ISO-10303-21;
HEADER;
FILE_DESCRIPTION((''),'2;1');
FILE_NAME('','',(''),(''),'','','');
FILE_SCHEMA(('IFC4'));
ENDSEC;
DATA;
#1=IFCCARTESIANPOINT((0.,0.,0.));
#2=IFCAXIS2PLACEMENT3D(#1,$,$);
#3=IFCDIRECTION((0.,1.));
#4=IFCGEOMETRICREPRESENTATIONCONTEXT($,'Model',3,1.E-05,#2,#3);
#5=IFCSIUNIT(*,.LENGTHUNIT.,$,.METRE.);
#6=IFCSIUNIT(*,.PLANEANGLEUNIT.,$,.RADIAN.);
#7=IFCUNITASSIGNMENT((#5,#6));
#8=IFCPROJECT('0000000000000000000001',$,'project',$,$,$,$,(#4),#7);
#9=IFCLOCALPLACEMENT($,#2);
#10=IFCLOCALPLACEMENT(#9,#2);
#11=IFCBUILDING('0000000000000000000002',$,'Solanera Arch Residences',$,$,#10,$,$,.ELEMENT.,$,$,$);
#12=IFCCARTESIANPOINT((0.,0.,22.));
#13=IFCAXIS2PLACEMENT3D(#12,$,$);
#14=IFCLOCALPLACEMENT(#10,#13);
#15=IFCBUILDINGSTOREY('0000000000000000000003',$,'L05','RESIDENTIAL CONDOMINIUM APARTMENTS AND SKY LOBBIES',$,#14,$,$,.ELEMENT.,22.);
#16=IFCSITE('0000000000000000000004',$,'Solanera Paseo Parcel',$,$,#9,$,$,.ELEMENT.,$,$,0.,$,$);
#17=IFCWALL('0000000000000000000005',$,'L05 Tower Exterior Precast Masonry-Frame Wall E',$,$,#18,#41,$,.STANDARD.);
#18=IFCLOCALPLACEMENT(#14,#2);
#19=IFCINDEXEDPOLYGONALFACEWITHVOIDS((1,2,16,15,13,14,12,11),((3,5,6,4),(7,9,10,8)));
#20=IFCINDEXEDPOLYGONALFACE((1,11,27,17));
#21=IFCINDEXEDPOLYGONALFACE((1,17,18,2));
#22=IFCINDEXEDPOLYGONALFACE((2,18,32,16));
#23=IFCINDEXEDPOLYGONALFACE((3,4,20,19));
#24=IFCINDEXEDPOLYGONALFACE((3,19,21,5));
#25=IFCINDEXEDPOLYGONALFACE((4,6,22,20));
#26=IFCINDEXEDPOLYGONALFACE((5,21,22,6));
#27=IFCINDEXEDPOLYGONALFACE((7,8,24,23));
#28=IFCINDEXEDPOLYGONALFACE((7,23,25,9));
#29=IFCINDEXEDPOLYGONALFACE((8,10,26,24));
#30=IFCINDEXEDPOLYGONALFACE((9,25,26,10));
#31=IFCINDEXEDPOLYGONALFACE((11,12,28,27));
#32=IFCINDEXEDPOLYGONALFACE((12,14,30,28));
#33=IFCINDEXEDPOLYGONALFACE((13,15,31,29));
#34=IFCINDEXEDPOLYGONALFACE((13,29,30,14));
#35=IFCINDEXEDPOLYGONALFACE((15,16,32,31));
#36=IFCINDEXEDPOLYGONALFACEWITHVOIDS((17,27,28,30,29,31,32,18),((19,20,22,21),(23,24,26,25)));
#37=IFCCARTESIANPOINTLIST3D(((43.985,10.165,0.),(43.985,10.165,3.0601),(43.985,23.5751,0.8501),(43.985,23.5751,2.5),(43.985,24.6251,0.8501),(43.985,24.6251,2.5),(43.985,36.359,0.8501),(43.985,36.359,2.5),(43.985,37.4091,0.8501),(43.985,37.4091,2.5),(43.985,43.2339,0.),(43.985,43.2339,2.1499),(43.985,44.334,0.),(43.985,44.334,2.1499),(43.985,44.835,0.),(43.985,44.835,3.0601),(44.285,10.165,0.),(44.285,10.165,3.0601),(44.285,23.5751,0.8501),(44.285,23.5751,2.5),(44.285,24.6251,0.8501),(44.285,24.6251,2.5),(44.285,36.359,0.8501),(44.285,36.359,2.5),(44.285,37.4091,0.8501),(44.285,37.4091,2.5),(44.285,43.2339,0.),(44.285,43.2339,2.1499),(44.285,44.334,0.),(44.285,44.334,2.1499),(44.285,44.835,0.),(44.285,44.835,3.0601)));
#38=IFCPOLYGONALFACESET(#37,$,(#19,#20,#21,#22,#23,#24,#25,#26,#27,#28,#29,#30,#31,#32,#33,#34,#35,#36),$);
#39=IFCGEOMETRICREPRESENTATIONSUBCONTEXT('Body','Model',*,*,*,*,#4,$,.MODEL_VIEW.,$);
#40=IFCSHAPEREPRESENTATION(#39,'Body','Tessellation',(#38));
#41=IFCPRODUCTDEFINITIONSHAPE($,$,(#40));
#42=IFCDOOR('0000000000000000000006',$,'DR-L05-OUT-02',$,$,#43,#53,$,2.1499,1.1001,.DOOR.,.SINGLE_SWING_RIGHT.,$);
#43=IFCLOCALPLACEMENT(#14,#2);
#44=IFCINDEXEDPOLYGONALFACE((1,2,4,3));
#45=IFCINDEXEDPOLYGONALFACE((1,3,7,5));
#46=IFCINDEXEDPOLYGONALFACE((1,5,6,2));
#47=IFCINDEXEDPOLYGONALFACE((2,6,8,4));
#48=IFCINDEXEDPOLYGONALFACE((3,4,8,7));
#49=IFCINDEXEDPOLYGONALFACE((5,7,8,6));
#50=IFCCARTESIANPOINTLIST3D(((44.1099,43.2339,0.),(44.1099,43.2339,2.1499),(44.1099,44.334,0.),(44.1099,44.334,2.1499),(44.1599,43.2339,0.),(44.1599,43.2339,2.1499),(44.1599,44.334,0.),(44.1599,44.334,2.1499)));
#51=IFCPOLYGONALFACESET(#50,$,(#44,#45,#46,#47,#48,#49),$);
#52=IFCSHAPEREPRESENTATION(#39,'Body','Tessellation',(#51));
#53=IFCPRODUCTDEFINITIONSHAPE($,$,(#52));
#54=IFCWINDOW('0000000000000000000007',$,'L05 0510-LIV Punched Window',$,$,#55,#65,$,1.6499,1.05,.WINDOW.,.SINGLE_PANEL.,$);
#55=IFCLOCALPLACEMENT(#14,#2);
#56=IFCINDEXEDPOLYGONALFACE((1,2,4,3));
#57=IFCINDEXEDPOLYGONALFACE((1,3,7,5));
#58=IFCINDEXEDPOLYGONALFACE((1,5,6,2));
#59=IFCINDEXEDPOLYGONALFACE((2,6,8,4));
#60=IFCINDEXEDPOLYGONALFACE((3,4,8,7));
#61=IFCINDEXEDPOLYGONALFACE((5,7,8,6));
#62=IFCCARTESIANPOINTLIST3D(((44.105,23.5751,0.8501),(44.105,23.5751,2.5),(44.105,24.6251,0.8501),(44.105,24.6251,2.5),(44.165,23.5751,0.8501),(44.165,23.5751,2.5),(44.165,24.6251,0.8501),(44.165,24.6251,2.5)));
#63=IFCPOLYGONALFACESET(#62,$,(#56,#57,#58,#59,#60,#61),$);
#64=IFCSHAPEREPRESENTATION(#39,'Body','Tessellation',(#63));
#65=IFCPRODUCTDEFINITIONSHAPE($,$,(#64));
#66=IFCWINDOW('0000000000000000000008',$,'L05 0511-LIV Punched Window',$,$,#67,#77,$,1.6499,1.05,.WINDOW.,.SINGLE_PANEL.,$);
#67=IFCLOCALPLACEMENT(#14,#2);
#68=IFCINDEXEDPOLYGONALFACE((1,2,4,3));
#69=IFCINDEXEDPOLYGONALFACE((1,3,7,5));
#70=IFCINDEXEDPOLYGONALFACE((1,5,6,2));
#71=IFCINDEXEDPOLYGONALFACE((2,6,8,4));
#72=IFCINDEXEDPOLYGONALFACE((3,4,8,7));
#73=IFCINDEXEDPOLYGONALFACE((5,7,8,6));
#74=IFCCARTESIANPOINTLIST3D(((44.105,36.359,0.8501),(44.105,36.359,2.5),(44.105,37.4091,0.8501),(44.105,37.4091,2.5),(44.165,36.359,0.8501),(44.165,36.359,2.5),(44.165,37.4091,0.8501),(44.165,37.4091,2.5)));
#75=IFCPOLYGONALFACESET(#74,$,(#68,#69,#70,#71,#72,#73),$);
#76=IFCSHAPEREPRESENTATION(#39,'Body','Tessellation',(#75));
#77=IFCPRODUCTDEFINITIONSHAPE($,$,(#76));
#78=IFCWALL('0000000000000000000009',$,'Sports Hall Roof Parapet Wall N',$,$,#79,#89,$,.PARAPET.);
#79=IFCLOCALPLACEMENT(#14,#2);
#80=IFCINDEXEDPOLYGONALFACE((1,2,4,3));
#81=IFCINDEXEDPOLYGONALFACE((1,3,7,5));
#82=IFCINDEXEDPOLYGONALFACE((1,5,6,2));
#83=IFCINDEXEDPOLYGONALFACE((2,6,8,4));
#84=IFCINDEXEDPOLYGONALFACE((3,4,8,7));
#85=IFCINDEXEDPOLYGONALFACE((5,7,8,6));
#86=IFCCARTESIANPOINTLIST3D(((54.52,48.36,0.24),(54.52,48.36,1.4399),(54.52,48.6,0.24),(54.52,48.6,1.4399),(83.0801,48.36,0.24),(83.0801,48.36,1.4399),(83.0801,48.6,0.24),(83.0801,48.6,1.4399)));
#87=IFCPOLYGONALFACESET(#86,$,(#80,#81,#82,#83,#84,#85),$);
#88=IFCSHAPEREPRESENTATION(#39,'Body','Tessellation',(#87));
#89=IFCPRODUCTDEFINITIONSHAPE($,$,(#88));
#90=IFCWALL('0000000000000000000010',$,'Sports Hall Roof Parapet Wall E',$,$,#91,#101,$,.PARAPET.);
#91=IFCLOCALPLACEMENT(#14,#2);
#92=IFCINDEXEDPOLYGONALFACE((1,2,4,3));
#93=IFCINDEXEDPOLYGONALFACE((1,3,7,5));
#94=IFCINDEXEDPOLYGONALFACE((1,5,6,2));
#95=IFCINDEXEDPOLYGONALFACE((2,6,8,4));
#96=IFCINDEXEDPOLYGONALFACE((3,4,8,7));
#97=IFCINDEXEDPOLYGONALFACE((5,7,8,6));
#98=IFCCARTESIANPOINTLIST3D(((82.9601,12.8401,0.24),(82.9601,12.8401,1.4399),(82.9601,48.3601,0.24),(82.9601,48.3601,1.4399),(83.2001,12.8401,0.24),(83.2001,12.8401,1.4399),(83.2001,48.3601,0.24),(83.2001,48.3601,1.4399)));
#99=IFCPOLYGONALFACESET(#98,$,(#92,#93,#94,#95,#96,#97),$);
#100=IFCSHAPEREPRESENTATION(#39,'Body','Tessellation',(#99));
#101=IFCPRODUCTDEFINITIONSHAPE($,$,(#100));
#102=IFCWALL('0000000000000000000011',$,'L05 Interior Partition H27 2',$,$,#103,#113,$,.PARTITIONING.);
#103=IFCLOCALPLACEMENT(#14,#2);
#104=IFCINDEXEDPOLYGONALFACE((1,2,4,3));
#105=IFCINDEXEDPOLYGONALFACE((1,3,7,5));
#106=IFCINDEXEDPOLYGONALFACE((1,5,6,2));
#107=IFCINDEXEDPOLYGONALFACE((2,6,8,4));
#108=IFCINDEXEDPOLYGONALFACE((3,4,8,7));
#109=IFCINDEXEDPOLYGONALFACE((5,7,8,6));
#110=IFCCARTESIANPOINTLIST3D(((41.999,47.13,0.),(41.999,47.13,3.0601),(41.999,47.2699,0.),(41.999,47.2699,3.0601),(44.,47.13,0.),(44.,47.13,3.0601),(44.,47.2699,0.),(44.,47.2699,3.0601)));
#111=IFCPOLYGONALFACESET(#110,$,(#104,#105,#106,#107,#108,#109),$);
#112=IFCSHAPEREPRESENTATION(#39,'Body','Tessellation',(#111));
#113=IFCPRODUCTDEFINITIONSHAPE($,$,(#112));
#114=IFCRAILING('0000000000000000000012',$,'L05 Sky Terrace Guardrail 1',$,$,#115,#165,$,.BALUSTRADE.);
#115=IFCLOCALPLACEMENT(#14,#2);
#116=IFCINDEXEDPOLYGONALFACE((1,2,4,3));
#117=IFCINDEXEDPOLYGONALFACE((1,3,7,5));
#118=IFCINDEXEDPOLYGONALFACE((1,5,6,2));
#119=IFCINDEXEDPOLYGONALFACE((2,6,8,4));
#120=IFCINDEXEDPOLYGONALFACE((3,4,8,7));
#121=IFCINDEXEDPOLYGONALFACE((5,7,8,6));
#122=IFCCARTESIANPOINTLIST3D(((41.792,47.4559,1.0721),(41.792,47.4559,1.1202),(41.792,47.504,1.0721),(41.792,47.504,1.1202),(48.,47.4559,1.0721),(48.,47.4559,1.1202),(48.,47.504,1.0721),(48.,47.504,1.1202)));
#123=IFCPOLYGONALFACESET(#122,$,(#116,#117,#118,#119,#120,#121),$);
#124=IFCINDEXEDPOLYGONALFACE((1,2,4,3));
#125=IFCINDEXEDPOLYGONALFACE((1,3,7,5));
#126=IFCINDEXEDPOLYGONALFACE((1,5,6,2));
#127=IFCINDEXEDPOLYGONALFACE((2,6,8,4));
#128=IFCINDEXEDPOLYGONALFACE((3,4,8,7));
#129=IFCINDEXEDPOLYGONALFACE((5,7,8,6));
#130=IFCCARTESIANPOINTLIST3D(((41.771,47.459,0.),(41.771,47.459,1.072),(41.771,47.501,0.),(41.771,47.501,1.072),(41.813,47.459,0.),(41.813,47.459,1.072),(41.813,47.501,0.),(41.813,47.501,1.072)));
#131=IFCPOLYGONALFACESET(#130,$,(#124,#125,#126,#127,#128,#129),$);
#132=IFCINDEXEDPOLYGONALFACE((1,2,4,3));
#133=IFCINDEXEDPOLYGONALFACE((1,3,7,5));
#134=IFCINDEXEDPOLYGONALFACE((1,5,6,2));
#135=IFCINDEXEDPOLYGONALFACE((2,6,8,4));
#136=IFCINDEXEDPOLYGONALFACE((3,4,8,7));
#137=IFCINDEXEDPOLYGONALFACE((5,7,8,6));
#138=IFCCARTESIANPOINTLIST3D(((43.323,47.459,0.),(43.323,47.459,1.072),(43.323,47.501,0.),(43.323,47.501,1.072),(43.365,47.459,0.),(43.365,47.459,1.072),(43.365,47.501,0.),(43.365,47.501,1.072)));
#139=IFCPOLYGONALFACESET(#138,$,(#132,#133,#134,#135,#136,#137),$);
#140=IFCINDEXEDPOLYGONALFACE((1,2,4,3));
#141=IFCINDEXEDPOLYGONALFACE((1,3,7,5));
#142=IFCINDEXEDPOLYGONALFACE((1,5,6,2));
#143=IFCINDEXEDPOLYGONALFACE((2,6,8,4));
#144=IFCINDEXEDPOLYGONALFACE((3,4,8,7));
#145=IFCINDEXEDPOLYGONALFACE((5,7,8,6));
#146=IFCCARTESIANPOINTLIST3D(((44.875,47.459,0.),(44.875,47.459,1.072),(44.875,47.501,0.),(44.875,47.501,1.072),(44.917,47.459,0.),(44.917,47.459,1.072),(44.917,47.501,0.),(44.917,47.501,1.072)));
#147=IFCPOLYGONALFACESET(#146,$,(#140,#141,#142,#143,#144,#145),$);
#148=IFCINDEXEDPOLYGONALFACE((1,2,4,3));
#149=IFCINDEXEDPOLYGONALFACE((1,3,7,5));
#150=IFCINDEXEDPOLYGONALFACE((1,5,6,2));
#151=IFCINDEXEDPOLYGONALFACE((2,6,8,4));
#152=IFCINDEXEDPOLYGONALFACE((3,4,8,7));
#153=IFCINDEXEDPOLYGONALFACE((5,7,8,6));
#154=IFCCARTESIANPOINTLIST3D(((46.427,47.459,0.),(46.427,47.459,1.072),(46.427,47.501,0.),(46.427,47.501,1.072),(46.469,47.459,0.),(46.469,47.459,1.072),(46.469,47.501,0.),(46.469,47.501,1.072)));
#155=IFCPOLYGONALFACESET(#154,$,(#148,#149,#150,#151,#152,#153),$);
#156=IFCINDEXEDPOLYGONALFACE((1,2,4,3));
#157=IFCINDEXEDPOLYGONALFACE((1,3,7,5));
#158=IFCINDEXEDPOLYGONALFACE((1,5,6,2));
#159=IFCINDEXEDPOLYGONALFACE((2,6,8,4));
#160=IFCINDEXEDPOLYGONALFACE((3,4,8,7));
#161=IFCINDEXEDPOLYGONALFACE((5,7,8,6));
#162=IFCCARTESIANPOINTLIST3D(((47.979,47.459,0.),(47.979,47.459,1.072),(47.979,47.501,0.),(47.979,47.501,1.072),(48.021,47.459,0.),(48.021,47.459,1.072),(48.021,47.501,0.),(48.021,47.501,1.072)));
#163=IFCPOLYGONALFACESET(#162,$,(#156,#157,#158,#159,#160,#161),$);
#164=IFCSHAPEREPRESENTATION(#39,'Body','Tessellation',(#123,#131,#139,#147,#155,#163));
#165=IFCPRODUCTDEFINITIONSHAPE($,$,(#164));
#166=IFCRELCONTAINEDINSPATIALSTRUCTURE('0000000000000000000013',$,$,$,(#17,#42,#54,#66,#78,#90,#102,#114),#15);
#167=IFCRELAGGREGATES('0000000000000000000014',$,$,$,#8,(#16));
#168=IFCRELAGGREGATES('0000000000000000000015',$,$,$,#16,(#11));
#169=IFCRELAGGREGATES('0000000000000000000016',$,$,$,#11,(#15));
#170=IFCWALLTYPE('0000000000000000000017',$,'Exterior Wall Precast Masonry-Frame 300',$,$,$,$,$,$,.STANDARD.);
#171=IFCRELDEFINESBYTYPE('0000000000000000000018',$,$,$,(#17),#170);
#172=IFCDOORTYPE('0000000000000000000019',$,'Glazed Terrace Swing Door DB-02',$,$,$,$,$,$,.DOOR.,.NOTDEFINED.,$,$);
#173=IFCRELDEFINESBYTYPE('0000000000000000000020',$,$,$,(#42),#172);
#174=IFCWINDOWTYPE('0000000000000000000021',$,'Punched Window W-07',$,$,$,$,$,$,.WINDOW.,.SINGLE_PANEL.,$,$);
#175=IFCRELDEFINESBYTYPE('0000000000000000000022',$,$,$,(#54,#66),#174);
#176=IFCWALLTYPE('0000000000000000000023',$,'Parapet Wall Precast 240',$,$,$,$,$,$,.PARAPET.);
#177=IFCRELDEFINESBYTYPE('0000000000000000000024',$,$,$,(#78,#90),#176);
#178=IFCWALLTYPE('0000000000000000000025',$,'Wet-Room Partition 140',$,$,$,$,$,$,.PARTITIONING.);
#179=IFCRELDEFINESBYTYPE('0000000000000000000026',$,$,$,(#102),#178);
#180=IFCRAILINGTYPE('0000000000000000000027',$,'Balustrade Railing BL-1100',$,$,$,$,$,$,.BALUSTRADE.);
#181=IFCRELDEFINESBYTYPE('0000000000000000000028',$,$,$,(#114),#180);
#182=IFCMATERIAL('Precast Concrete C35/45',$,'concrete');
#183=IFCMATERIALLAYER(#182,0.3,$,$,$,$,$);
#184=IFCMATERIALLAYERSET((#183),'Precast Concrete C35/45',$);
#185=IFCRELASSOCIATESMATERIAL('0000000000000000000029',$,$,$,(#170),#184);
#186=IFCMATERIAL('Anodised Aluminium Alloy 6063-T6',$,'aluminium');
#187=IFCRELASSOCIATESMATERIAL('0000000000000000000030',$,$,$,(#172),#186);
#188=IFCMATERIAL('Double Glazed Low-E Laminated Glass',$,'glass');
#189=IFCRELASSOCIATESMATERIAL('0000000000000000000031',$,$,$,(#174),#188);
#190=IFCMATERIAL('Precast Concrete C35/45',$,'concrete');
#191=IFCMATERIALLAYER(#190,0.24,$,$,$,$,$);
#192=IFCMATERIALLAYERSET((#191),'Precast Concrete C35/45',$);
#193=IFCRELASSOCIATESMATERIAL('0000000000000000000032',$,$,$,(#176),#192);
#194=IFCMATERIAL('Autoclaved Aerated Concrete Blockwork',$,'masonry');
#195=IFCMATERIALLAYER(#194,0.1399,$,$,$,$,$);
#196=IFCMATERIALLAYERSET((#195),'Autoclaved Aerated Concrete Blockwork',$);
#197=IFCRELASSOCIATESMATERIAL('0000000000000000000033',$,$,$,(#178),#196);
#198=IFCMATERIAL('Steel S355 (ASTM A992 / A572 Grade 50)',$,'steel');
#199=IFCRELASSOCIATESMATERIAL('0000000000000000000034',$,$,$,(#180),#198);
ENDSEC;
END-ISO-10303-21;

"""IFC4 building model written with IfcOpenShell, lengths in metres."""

from ifc_helpers import new_model, si_unit, direction, frame, frame_2d, origin, origin_2d, place, context, subcontext, project, spatial, rectangle, extrude, material, layer, layer_set, type_object, element, fill, save


model = new_model("IFC4")

# Units and contexts
model_context = context("Model", 3, precision=1e-05, world=origin(), true_north=direction((0.0, 1.0)))
body_context = subcontext(model_context, "Body", "Model", "MODEL_VIEW")
ifc_project = project(units=[si_unit("LENGTHUNIT", "METRE"), si_unit("PLANEANGLEUNIT", "RADIAN")], contexts=[model_context])

# Site, building, storey
site_placement = place(None, origin())
site = spatial("IfcSite", under=ifc_project, at=site_placement, Name="Solanera Paseo Parcel", CompositionType="ELEMENT", RefElevation=0.0)
building_placement = place(site_placement, origin())
building = spatial("IfcBuilding", under=site, at=building_placement, Name="Solanera Arch Residences", CompositionType="ELEMENT")
storey_placement = place(building_placement, frame((0.0, 0.0, 22.0)))
storey = spatial("IfcBuildingStorey", under=building, at=storey_placement, Name="L05", Description="RESIDENTIAL CONDOMINIUM APARTMENTS AND SKY LOBBIES", CompositionType="ELEMENT", Elevation=22.0)

# Shared definitions
ifc_material_1 = material(Name="Precast Concrete C35/45", Category="concrete")
ifc_layer_1 = layer(ifc_material_1, 0.3)
ifc_layer_set_1 = layer_set([ifc_layer_1], Name="Precast Concrete C35/45")
wall_type_1 = type_object("IfcWallType", Name="Exterior Wall Precast Masonry-Frame 300", PredefinedType="STANDARD", material=ifc_layer_set_1)

# Wall, openings, door, windows
wall_1_placement = place(storey_placement, frame((44.135, 44.835, 0.0), z_axis=(0.0, 0.0, 1.0), x_axis=(0.0, -1.0, 0.0)))
wall_1 = element("IfcWall", 1, at=wall_1_placement, inside=storey, type_object=wall_type_1, Name="L05 Tower Exterior Precast Masonry-Frame Wall E", PredefinedType="STANDARD", context=body_context, shape_type="SweptSolid", body=[
    extrude(rectangle(XDim=34.6699, YDim=0.3, at=frame_2d((17.335, 0.0))), origin(), (0.0, 0.0, 1.0), 3.0601),
])
opening_1_placement = place(wall_1_placement, frame((0.501, 0.0, 0.0)))
opening_1 = element("IfcOpeningElement", 2, at=opening_1_placement, cuts=wall_1, PredefinedType="OPENING", context=body_context, shape_type="SweptSolid", body=[
    extrude(rectangle(XDim=1.1001, YDim=2.1499, at=frame_2d((0.55, 1.075))), frame((0.0, 0.1599, 0.0), z_axis=(0.0, -1.0, 0.0), x_axis=(1.0, 0.0, 0.0)), (0.0, 0.0, 1.0), 0.32),
])
opening_2_placement = place(wall_1_placement, frame((20.21, 0.0, 0.8501)))
opening_2 = element("IfcOpeningElement", 3, at=opening_2_placement, cuts=wall_1, PredefinedType="OPENING", context=body_context, shape_type="SweptSolid", body=[
    extrude(rectangle(XDim=1.05, YDim=1.6499, at=frame_2d((0.5249, 0.825))), frame((0.0, 0.1599, 0.0), z_axis=(0.0, -1.0, 0.0), x_axis=(1.0, 0.0, 0.0)), (0.0, 0.0, 1.0), 0.32),
])
opening_3_placement = place(wall_1_placement, frame((7.426, 0.0, 0.8501)))
opening_3 = element("IfcOpeningElement", 4, at=opening_3_placement, cuts=wall_1, PredefinedType="OPENING", context=body_context, shape_type="SweptSolid", body=[
    extrude(rectangle(XDim=1.05, YDim=1.6499, at=frame_2d((0.5249, 0.825))), frame((0.0, 0.1599, 0.0), z_axis=(0.0, -1.0, 0.0), x_axis=(1.0, 0.0, 0.0)), (0.0, 0.0, 1.0), 0.32),
])
ifc_material_2 = material(Name="Anodised Aluminium Alloy 6063-T6", Category="aluminium")
door_type = type_object("IfcDoorType", Name="Glazed Terrace Swing Door DB-02", OperationType="NOTDEFINED", PredefinedType="DOOR", material=ifc_material_2)
door_placement = place(opening_1_placement, origin())
door = element("IfcDoor", 5, at=door_placement, inside=storey, type_object=door_type, Name="DR-L05-OUT-02", OperationType="SINGLE_SWING_RIGHT", OverallHeight=2.1499, OverallWidth=1.1001, PredefinedType="DOOR", context=body_context, shape_type="SweptSolid", body=[
    extrude(rectangle(XDim=1.1001, YDim=2.1499, at=frame_2d((0.55, 1.075))), frame((0.0, 0.0249, 0.0), z_axis=(0.0, -1.0, 0.0), x_axis=(1.0, 0.0, 0.0)), (0.0, 0.0, 1.0), 0.05),
])
fill(opening_1, door)
ifc_material_3 = material(Name="Double Glazed Low-E Laminated Glass", Category="glass")
window_type = type_object("IfcWindowType", Name="Punched Window W-07", PartitioningType="SINGLE_PANEL", PredefinedType="WINDOW", material=ifc_material_3)
window_1_placement = place(opening_2_placement, origin())
window_1 = element("IfcWindow", 6, at=window_1_placement, inside=storey, type_object=window_type, Name="L05 0510-LIV Punched Window", OverallHeight=1.6499, OverallWidth=1.05, PartitioningType="SINGLE_PANEL", PredefinedType="WINDOW", context=body_context, shape_type="SweptSolid", body=[
    extrude(rectangle(XDim=1.05, YDim=1.6499, at=frame_2d((0.5249, 0.825))), frame((0.0, 0.03, 0.0), z_axis=(0.0, -1.0, 0.0), x_axis=(1.0, 0.0, 0.0)), (0.0, 0.0, 1.0), 0.0601),
])
fill(opening_2, window_1)
window_2_placement = place(opening_3_placement, origin())
window_2 = element("IfcWindow", 7, at=window_2_placement, inside=storey, type_object=window_type, Name="L05 0511-LIV Punched Window", OverallHeight=1.6499, OverallWidth=1.05, PartitioningType="SINGLE_PANEL", PredefinedType="WINDOW", context=body_context, shape_type="SweptSolid", body=[
    extrude(rectangle(XDim=1.05, YDim=1.6499, at=frame_2d((0.5249, 0.825))), frame((0.0, 0.03, 0.0), z_axis=(0.0, -1.0, 0.0), x_axis=(1.0, 0.0, 0.0)), (0.0, 0.0, 1.0), 0.0601),
])
fill(opening_3, window_2)

# Walls
ifc_material_4 = material(Name="Precast Concrete C35/45", Category="concrete")
ifc_layer_2 = layer(ifc_material_4, 0.24)
ifc_layer_set_2 = layer_set([ifc_layer_2], Name="Precast Concrete C35/45")
wall_type_2 = type_object("IfcWallType", Name="Parapet Wall Precast 240", PredefinedType="PARAPET", material=ifc_layer_set_2)
wall_2_placement = place(storey_placement, frame((54.52, 48.48, 0.24), z_axis=(0.0, 0.0, 1.0), x_axis=(1.0, 0.0, 0.0)))
element("IfcWall", 8, at=wall_2_placement, inside=storey, type_object=wall_type_2, Name="Sports Hall Roof Parapet Wall N", PredefinedType="PARAPET", context=body_context, shape_type="SweptSolid", body=[
    extrude(rectangle(XDim=28.5601, YDim=0.24, at=frame_2d((14.28, 0.0))), origin(), (0.0, 0.0, 1.0), 1.2),
])
wall_3_placement = place(storey_placement, frame((83.0801, 48.3601, 0.24), z_axis=(0.0, 0.0, 1.0), x_axis=(0.0, -1.0, 0.0)))
element("IfcWall", 9, at=wall_3_placement, inside=storey, type_object=wall_type_2, Name="Sports Hall Roof Parapet Wall E", PredefinedType="PARAPET", context=body_context, shape_type="SweptSolid", body=[
    extrude(rectangle(XDim=35.52, YDim=0.24, at=frame_2d((17.76, 0.0))), origin(), (0.0, 0.0, 1.0), 1.2),
])
ifc_material_5 = material(Name="Autoclaved Aerated Concrete Blockwork", Category="masonry")
ifc_layer_3 = layer(ifc_material_5, 0.1399)
ifc_layer_set_3 = layer_set([ifc_layer_3], Name="Autoclaved Aerated Concrete Blockwork")
wall_type_3 = type_object("IfcWallType", Name="Wet-Room Partition 140", PredefinedType="PARTITIONING", material=ifc_layer_set_3)
wall_4_placement = place(storey_placement, frame((41.999, 47.2, 0.0), z_axis=(0.0, 0.0, 1.0), x_axis=(1.0, 0.0, 0.0)))
element("IfcWall", 10, at=wall_4_placement, inside=storey, type_object=wall_type_3, Name="L05 Interior Partition H27 2", PredefinedType="PARTITIONING", context=body_context, shape_type="SweptSolid", body=[
    extrude(rectangle(XDim=2.001, YDim=0.1399, at=frame_2d((1.0005, 0.0))), origin(), (0.0, 0.0, 1.0), 3.0601),
])

# Railing
ifc_material_6 = material(Name="Steel S355 (ASTM A992 / A572 Grade 50)", Category="steel")
railing_type = type_object("IfcRailingType", Name="Balustrade Railing BL-1100", PredefinedType="BALUSTRADE", material=ifc_material_6)
railing_1_placement = place(storey_placement, frame((41.792, 47.48, 0.0)))
element("IfcRailing", 11, at=railing_1_placement, inside=storey, type_object=railing_type, Name="L05 Sky Terrace Guardrail 1", PredefinedType="BALUSTRADE", context=body_context, shape_type="SweptSolid", body=[
    extrude(rectangle(XDim=0.0481, YDim=0.0481, at=origin_2d()), frame((0.0, 0.0, 1.0962), z_axis=(1.0, 0.0, 0.0), x_axis=(0.0, 1.0, 0.0)), (0.0, 0.0, 1.0), 6.208),
    extrude(rectangle(XDim=0.042, YDim=0.042, at=origin_2d()), origin(), (0.0, 0.0, 1.0), 1.072),
    extrude(rectangle(XDim=0.042, YDim=0.042, at=origin_2d()), frame((1.552, 0.0, 0.0)), (0.0, 0.0, 1.0), 1.072),
    extrude(rectangle(XDim=0.042, YDim=0.042, at=origin_2d()), frame((3.104, 0.0, 0.0)), (0.0, 0.0, 1.0), 1.072),
    extrude(rectangle(XDim=0.042, YDim=0.042, at=origin_2d()), frame((4.656, 0.0, 0.0)), (0.0, 0.0, 1.0), 1.072),
    extrude(rectangle(XDim=0.042, YDim=0.042, at=origin_2d()), frame((6.208, 0.0, 0.0)), (0.0, 0.0, 1.0), 1.072),
])

save(model, "model.ifc")
